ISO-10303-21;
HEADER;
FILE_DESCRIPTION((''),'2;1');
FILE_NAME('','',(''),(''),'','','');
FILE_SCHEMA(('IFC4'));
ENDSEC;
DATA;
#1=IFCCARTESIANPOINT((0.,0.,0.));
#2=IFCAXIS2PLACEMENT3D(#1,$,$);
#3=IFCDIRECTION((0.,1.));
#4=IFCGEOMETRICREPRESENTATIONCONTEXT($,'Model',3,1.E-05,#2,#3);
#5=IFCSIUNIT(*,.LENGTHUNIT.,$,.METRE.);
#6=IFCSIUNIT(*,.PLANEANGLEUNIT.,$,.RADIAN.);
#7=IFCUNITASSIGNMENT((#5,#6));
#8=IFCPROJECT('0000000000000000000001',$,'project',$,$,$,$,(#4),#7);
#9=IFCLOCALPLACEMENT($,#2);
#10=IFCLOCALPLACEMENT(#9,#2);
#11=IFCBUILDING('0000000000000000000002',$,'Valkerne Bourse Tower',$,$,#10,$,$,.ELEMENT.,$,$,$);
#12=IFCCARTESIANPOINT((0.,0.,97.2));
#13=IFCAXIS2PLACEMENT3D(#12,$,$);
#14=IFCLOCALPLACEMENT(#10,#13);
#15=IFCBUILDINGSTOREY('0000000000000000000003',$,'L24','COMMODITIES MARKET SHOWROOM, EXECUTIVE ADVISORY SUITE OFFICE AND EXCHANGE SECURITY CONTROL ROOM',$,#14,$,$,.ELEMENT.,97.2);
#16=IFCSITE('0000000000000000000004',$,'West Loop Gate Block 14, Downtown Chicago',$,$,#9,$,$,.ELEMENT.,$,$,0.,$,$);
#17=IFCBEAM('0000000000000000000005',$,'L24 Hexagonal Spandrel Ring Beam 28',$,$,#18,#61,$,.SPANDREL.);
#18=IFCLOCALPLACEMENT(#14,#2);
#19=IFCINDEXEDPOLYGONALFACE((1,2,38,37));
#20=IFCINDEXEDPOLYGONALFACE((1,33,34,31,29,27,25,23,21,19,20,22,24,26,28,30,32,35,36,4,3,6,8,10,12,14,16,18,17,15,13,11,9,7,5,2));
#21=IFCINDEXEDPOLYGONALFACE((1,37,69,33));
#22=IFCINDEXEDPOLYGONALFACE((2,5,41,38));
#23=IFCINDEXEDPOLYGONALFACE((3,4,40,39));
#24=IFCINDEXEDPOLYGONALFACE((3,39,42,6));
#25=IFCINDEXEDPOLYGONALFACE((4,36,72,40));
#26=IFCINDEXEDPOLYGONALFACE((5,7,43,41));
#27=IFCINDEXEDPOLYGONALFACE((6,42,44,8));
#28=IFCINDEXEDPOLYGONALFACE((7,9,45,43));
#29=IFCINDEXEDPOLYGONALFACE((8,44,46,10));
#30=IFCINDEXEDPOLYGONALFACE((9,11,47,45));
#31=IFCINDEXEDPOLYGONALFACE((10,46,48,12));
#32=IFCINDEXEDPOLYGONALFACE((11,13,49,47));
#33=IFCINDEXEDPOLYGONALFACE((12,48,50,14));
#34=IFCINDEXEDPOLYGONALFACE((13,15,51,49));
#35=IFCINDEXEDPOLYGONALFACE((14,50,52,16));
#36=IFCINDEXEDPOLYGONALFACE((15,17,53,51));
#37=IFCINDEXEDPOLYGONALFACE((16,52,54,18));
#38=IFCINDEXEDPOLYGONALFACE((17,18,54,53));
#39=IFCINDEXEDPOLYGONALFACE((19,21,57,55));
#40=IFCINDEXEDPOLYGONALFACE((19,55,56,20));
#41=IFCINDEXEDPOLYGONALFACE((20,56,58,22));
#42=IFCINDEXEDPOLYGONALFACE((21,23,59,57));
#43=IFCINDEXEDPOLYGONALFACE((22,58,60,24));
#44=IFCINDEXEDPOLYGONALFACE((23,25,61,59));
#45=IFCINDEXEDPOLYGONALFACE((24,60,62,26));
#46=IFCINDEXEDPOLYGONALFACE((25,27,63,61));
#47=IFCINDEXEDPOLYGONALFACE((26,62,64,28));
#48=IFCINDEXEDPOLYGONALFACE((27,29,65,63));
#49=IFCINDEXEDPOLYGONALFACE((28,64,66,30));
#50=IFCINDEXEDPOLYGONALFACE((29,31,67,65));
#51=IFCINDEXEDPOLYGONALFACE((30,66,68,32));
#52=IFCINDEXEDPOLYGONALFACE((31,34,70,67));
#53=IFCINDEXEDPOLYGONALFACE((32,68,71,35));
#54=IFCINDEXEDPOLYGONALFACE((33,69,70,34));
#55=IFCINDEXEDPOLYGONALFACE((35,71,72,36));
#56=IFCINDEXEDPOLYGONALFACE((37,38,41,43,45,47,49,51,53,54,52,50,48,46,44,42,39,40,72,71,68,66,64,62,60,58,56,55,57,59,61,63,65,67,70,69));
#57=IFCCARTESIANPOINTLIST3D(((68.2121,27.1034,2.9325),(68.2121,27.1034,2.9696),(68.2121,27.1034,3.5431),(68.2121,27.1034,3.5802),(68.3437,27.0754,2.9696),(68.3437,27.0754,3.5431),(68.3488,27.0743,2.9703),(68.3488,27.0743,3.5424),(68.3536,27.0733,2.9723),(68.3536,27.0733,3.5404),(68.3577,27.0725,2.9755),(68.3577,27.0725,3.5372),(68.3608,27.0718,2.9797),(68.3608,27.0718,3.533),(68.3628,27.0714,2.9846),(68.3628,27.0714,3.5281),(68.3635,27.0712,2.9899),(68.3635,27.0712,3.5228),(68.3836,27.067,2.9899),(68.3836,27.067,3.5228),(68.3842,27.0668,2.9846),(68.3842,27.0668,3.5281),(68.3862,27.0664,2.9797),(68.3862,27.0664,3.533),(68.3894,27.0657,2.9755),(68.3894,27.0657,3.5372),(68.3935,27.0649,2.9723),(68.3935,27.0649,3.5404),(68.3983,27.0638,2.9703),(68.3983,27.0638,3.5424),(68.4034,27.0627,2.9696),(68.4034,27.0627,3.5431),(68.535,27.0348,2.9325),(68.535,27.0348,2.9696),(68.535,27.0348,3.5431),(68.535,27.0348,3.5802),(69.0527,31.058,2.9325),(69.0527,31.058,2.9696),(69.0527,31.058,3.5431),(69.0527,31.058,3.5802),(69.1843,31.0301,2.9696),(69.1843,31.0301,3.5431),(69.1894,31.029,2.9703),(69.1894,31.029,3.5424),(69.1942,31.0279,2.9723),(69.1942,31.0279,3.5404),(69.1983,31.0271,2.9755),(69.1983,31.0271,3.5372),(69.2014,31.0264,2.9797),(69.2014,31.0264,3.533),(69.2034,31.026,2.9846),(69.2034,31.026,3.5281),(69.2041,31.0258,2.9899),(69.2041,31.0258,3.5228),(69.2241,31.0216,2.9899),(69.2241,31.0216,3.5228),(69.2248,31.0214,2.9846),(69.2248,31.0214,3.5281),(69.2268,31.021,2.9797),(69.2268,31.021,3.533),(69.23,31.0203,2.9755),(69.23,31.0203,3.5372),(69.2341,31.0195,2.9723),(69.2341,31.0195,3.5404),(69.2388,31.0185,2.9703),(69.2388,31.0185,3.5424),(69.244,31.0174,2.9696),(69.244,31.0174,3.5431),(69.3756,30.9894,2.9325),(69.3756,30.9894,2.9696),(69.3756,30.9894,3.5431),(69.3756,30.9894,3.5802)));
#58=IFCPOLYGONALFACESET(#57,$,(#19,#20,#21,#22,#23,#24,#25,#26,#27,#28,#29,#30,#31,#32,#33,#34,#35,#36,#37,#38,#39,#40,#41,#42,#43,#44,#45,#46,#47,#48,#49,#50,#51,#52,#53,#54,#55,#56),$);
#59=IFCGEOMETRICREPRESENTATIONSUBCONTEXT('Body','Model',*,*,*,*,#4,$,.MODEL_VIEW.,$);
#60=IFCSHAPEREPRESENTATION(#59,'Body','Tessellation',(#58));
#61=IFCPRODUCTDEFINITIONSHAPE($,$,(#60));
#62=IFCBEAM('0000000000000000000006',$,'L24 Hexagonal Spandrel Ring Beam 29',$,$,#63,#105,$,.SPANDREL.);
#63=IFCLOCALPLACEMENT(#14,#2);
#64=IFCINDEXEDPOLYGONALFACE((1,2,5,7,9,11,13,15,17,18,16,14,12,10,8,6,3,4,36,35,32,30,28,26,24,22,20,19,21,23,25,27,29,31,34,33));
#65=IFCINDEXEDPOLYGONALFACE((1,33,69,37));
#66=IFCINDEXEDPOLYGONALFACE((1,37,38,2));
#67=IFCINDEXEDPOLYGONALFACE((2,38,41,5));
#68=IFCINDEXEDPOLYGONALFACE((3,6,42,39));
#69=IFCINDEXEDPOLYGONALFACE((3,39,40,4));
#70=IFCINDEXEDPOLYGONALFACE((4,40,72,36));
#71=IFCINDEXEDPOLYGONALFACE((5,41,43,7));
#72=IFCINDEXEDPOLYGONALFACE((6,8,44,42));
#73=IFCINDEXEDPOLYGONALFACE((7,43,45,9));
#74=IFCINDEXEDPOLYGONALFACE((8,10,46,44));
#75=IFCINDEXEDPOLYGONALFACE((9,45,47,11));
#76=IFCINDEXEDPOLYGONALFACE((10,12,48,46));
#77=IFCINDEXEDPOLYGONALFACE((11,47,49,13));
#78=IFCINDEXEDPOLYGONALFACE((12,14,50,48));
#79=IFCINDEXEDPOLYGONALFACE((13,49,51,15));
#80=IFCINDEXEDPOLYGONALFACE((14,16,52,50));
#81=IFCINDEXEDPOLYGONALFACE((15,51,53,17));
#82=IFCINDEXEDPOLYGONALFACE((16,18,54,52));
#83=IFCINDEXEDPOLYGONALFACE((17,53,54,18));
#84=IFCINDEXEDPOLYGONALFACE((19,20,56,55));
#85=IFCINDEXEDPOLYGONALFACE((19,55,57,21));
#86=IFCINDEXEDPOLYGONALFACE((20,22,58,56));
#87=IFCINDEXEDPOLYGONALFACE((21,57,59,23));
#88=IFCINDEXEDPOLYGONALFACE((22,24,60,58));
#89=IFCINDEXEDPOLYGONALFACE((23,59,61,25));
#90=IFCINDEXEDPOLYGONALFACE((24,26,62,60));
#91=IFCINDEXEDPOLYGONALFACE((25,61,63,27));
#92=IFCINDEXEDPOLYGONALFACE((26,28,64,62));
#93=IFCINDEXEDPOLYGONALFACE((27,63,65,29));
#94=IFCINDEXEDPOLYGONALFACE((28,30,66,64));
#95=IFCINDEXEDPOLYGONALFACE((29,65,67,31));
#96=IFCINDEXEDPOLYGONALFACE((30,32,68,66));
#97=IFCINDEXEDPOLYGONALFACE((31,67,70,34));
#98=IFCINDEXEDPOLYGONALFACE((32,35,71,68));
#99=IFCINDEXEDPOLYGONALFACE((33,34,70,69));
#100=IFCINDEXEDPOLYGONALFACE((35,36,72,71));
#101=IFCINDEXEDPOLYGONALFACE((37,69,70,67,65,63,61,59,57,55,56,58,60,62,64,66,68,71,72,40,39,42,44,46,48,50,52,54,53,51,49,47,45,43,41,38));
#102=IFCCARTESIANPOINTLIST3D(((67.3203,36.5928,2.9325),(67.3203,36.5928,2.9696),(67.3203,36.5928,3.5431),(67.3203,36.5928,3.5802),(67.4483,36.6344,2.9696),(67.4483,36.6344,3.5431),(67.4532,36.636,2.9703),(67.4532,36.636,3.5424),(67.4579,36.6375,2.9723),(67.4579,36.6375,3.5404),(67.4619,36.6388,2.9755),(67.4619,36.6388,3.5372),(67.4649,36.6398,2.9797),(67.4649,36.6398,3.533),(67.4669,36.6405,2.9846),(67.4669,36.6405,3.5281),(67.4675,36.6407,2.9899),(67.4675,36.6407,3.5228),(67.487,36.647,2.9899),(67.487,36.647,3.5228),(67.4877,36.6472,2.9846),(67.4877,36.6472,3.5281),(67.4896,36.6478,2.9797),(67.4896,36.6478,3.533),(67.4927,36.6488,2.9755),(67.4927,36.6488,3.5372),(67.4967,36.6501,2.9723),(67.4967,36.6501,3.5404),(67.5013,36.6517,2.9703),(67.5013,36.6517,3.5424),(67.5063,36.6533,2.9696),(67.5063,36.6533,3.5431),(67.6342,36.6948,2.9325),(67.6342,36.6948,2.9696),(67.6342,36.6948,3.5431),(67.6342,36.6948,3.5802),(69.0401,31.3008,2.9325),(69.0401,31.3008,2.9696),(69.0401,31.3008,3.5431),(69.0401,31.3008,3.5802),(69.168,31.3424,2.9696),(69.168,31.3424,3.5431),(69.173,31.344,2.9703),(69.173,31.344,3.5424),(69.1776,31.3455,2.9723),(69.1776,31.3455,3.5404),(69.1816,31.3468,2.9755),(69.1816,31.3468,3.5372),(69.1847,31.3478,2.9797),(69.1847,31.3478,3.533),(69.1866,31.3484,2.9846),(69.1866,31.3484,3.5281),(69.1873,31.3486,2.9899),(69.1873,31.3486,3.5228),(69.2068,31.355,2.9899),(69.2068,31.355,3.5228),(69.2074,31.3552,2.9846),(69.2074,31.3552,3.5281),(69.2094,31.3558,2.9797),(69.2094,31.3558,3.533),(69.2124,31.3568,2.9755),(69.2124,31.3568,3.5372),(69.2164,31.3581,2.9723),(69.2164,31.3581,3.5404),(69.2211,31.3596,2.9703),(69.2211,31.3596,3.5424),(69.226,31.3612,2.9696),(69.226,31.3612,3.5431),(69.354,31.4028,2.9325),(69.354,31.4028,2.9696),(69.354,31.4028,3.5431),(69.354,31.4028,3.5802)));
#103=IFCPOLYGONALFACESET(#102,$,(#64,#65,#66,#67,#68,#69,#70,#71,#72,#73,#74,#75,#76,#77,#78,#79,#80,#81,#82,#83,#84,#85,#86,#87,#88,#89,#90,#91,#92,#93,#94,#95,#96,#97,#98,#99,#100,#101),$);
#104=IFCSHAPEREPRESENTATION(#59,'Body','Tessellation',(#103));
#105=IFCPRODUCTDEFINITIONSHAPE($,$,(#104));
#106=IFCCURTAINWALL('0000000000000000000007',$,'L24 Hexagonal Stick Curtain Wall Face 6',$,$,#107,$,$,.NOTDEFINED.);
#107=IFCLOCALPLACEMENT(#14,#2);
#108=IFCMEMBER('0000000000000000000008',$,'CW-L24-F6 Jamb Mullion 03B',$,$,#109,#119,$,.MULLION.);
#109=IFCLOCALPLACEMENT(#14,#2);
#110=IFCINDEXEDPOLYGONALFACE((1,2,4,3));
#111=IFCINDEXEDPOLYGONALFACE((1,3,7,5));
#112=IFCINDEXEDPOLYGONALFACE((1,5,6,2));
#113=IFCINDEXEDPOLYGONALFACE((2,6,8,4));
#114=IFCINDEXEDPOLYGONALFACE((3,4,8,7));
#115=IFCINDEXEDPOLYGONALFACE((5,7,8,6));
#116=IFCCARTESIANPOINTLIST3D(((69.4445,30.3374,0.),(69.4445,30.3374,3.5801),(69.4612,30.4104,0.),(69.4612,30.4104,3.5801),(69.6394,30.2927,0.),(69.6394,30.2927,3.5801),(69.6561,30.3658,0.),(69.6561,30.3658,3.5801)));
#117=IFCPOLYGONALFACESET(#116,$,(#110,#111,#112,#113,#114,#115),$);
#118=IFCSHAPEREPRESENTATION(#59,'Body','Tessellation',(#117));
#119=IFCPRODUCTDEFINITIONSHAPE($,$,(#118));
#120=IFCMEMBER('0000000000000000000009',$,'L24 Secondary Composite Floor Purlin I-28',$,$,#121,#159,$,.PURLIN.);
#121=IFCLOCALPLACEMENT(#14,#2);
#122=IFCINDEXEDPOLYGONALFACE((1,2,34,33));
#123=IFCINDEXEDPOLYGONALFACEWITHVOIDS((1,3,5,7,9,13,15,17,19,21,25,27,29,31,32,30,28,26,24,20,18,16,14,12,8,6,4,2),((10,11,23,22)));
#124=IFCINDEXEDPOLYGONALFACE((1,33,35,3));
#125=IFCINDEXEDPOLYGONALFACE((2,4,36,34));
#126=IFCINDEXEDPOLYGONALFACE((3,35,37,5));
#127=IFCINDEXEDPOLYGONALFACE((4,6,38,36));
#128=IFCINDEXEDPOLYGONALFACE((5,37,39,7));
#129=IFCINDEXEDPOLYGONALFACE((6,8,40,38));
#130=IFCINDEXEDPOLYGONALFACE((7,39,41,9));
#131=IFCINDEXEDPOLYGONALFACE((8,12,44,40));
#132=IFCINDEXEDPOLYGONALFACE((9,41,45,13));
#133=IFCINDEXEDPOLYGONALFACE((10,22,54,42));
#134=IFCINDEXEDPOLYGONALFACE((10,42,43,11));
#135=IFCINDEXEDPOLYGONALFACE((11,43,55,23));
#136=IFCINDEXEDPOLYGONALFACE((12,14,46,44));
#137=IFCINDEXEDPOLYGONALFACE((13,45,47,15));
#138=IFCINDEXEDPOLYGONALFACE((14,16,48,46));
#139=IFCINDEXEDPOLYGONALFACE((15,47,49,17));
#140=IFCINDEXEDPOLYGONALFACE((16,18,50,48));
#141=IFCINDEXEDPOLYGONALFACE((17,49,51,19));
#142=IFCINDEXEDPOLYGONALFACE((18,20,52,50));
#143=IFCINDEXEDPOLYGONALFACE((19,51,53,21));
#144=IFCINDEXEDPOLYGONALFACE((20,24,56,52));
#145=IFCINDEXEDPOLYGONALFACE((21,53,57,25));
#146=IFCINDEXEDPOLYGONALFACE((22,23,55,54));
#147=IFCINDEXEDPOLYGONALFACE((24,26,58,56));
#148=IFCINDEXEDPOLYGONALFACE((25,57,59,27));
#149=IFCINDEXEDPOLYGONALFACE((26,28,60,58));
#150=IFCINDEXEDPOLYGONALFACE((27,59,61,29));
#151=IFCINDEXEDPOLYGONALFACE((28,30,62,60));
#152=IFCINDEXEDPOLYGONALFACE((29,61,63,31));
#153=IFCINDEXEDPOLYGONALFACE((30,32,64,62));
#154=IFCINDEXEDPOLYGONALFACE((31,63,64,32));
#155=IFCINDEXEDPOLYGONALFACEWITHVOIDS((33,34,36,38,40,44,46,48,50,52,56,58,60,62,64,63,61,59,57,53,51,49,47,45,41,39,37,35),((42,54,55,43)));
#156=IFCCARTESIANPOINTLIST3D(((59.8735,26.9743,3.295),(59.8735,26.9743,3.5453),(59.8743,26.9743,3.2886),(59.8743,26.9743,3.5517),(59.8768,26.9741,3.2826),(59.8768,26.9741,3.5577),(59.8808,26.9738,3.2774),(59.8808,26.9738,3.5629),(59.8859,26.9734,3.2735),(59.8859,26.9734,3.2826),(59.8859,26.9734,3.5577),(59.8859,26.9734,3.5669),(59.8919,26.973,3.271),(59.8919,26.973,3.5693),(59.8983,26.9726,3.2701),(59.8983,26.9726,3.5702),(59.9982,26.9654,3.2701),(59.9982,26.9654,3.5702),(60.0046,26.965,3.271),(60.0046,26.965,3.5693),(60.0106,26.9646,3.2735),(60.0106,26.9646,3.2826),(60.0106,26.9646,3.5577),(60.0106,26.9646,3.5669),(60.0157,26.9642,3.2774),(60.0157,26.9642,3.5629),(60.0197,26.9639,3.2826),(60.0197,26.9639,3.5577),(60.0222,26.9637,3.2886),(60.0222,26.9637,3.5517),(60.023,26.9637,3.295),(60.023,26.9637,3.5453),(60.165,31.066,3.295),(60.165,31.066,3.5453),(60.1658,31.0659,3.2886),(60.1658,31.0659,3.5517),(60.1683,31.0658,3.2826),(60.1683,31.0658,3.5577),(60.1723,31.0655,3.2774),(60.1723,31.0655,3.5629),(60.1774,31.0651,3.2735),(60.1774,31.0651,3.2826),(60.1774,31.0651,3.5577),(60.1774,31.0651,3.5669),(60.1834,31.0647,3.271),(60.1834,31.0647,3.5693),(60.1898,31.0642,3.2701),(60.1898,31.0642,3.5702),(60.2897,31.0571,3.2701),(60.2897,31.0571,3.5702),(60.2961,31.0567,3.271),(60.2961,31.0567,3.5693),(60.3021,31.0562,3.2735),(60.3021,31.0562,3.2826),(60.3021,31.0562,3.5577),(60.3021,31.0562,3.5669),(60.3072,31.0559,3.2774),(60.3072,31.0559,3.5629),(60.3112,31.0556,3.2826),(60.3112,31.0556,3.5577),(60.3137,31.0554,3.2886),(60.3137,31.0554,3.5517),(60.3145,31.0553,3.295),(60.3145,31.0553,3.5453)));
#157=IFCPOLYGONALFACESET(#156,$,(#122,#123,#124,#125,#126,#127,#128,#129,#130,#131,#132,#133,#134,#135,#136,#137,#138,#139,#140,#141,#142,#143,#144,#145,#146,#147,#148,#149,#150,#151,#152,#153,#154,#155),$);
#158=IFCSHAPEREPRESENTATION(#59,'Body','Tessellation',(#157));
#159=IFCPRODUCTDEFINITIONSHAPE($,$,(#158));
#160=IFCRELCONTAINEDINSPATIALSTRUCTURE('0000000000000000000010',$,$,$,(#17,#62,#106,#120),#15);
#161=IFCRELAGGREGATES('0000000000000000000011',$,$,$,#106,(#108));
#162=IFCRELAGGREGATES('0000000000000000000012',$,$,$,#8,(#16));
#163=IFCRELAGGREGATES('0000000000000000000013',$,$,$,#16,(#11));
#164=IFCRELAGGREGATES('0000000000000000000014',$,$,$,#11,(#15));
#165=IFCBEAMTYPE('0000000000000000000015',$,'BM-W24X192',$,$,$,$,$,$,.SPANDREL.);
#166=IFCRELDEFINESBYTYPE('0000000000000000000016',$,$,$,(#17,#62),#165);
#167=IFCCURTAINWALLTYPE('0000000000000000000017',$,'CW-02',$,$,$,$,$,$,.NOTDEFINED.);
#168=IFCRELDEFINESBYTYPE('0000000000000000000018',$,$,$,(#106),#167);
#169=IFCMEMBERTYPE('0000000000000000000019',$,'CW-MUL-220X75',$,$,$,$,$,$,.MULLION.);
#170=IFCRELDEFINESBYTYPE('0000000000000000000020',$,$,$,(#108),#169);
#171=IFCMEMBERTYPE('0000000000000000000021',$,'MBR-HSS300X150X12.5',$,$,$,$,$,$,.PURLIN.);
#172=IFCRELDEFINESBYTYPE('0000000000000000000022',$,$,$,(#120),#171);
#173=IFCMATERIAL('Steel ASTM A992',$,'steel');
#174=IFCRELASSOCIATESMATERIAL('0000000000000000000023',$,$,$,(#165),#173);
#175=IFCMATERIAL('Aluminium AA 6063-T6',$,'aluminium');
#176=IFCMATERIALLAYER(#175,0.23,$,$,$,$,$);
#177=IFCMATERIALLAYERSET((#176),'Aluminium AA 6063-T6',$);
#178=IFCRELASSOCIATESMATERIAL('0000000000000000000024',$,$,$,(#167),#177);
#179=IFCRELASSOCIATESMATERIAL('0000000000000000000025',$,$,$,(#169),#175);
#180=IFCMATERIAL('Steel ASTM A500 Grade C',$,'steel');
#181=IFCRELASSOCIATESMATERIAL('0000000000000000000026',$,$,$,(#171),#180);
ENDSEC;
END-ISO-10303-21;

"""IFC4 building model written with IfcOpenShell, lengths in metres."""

from ifc_helpers import new_model, si_unit, direction, frame, origin, origin_2d, place, context, subcontext, project, spatial, rectangle, hollow_rectangle, i_section, extrude, material, layer, layer_set, material_profile, profile_set, type_object, element, aggregate, save


model = new_model("IFC4")

# Units and contexts
model_context = context("Model", 3, precision=1e-05, world=origin(), true_north=direction((0.0, 1.0)))
body_context = subcontext(model_context, "Body", "Model", "MODEL_VIEW")
ifc_project = project(units=[si_unit("LENGTHUNIT", "METRE"), si_unit("PLANEANGLEUNIT", "RADIAN")], contexts=[model_context])

# Site, building, storey
site_placement = place(None, origin())
site = spatial("IfcSite", under=ifc_project, at=site_placement, Name="West Loop Gate Block 14, Downtown Chicago", CompositionType="ELEMENT", RefElevation=0.0)
building_placement = place(site_placement, origin())
building = spatial("IfcBuilding", under=site, at=building_placement, Name="Valkerne Bourse Tower", CompositionType="ELEMENT")
storey_placement = place(building_placement, frame((0.0, 0.0, 97.2)))
storey = spatial("IfcBuildingStorey", under=building, at=storey_placement, Name="L24", Description="COMMODITIES MARKET SHOWROOM, EXECUTIVE ADVISORY SUITE OFFICE AND EXCHANGE SECURITY CONTROL ROOM", CompositionType="ELEMENT", Elevation=97.2)

# Beams
ifc_material_1 = material(Name="Steel ASTM A992", Category="steel")
ifc_material_profile_1 = material_profile(ifc_material_1, i_section(OverallWidth=0.3301, OverallDepth=0.6477, WebThickness=0.0205, FlangeThickness=0.0371, FilletRadius=0.0203, at=origin_2d()), Name="W24X192")
ifc_profile_set_1 = profile_set([ifc_material_profile_1], Name="Steel ASTM A992")
beam_type_1 = type_object("IfcBeamType", Name="BM-W24X192", PredefinedType="SPANDREL", material=ifc_profile_set_1)
beam_1_placement = place(storey_placement, frame((68.3735, 27.0691, 3.2563), z_axis=(0.207912, 0.978147, 0.0), x_axis=(-0.978147, 0.207912, 0.0)))
element("IfcBeam", 1, at=beam_1_placement, inside=storey, type_object=beam_type_1, Name="L24 Hexagonal Spandrel Ring Beam 28", PredefinedType="SPANDREL", context=body_context, shape_type="SweptSolid", body=[
    extrude(i_section(OverallWidth=0.3301, OverallDepth=0.6477, WebThickness=0.0205, FlangeThickness=0.0371, FilletRadius=0.0203, at=origin_2d()), origin(), (0.0, 0.0, 1.0), 4.043),
])
beam_2_placement = place(storey_placement, frame((69.197, 31.3518, 3.2563), z_axis=(-0.309058, 0.951043, 0.0), x_axis=(-0.951043, -0.309058, 0.0)))
element("IfcBeam", 2, at=beam_2_placement, inside=storey, type_object=beam_type_1, Name="L24 Hexagonal Spandrel Ring Beam 29", PredefinedType="SPANDREL", context=body_context, shape_type="SweptSolid", body=[
    extrude(i_section(OverallWidth=0.3301, OverallDepth=0.6477, WebThickness=0.0205, FlangeThickness=0.0371, FilletRadius=0.0203, at=origin_2d()), origin(), (0.0, 0.0, 1.0), 5.5645),
])

# Curtain wall, member
ifc_material_2 = material(Name="Aluminium AA 6063-T6", Category="aluminium")
ifc_layer_1 = layer(ifc_material_2, 0.23)
ifc_layer_set_1 = layer_set([ifc_layer_1], Name="Aluminium AA 6063-T6")
curtain_wall_type = type_object("IfcCurtainWallType", Name="CW-02", PredefinedType="NOTDEFINED", material=ifc_layer_set_1)
curtain_wall_placement = place(storey_placement, origin())
curtain_wall = element("IfcCurtainWall", 3, at=curtain_wall_placement, inside=storey, type_object=curtain_wall_type, Name="L24 Hexagonal Stick Curtain Wall Face 6", PredefinedType="NOTDEFINED")
ifc_material_profile_2 = material_profile(ifc_material_2, rectangle(XDim=0.075, YDim=0.2, at=origin_2d()), Name="CWM-75X200")
ifc_profile_set_2 = profile_set([ifc_material_profile_2], Name="Aluminium AA 6063-T6")
member_type_1 = type_object("IfcMemberType", Name="CW-MUL-220X75", PredefinedType="MULLION", material=ifc_profile_set_2)
member_1_placement = place(storey_placement, frame((69.5503, 30.3516, 0.0), z_axis=(0.0, 0.0, 1.0), x_axis=(0.223248, 0.974762, 0.0)))
member_1 = element("IfcMember", 4, at=member_1_placement, type_object=member_type_1, Name="CW-L24-F6 Jamb Mullion 03B", PredefinedType="MULLION", context=body_context, shape_type="SweptSolid", body=[
    extrude(rectangle(XDim=0.075, YDim=0.2, at=origin_2d()), origin(), (0.0, 0.0, 1.0), 3.5801),
])

# Member
ifc_material_3 = material(Name="Steel ASTM A500 Grade C", Category="steel")
ifc_material_profile_3 = material_profile(ifc_material_3, hollow_rectangle(XDim=0.1499, YDim=0.3, WallThickness=0.0125, OuterFilletRadius=0.0249, at=origin_2d()), Name="HSS300X150X12.5")
ifc_profile_set_3 = profile_set([ifc_material_profile_3], Name="Steel ASTM A500 Grade C")
member_type_2 = type_object("IfcMemberType", Name="MBR-HSS300X150X12.5", PredefinedType="PURLIN", material=ifc_profile_set_3)
member_2_placement = place(storey_placement, frame((59.9482, 26.969, 3.4202), z_axis=(0.071061, 0.997472, 0.0), x_axis=(-0.997472, 0.071061, 0.0)))
element("IfcMember", 5, at=member_2_placement, inside=storey, type_object=member_type_2, Name="L24 Secondary Composite Floor Purlin I-28", PredefinedType="PURLIN", context=body_context, shape_type="SweptSolid", body=[
    extrude(hollow_rectangle(XDim=0.1499, YDim=0.3, WallThickness=0.0125, OuterFilletRadius=0.0249, at=origin_2d()), origin(), (0.0, 0.0, 1.0), 4.1021),
])

aggregate(curtain_wall, [member_1])

save(model, "model.ifc")
